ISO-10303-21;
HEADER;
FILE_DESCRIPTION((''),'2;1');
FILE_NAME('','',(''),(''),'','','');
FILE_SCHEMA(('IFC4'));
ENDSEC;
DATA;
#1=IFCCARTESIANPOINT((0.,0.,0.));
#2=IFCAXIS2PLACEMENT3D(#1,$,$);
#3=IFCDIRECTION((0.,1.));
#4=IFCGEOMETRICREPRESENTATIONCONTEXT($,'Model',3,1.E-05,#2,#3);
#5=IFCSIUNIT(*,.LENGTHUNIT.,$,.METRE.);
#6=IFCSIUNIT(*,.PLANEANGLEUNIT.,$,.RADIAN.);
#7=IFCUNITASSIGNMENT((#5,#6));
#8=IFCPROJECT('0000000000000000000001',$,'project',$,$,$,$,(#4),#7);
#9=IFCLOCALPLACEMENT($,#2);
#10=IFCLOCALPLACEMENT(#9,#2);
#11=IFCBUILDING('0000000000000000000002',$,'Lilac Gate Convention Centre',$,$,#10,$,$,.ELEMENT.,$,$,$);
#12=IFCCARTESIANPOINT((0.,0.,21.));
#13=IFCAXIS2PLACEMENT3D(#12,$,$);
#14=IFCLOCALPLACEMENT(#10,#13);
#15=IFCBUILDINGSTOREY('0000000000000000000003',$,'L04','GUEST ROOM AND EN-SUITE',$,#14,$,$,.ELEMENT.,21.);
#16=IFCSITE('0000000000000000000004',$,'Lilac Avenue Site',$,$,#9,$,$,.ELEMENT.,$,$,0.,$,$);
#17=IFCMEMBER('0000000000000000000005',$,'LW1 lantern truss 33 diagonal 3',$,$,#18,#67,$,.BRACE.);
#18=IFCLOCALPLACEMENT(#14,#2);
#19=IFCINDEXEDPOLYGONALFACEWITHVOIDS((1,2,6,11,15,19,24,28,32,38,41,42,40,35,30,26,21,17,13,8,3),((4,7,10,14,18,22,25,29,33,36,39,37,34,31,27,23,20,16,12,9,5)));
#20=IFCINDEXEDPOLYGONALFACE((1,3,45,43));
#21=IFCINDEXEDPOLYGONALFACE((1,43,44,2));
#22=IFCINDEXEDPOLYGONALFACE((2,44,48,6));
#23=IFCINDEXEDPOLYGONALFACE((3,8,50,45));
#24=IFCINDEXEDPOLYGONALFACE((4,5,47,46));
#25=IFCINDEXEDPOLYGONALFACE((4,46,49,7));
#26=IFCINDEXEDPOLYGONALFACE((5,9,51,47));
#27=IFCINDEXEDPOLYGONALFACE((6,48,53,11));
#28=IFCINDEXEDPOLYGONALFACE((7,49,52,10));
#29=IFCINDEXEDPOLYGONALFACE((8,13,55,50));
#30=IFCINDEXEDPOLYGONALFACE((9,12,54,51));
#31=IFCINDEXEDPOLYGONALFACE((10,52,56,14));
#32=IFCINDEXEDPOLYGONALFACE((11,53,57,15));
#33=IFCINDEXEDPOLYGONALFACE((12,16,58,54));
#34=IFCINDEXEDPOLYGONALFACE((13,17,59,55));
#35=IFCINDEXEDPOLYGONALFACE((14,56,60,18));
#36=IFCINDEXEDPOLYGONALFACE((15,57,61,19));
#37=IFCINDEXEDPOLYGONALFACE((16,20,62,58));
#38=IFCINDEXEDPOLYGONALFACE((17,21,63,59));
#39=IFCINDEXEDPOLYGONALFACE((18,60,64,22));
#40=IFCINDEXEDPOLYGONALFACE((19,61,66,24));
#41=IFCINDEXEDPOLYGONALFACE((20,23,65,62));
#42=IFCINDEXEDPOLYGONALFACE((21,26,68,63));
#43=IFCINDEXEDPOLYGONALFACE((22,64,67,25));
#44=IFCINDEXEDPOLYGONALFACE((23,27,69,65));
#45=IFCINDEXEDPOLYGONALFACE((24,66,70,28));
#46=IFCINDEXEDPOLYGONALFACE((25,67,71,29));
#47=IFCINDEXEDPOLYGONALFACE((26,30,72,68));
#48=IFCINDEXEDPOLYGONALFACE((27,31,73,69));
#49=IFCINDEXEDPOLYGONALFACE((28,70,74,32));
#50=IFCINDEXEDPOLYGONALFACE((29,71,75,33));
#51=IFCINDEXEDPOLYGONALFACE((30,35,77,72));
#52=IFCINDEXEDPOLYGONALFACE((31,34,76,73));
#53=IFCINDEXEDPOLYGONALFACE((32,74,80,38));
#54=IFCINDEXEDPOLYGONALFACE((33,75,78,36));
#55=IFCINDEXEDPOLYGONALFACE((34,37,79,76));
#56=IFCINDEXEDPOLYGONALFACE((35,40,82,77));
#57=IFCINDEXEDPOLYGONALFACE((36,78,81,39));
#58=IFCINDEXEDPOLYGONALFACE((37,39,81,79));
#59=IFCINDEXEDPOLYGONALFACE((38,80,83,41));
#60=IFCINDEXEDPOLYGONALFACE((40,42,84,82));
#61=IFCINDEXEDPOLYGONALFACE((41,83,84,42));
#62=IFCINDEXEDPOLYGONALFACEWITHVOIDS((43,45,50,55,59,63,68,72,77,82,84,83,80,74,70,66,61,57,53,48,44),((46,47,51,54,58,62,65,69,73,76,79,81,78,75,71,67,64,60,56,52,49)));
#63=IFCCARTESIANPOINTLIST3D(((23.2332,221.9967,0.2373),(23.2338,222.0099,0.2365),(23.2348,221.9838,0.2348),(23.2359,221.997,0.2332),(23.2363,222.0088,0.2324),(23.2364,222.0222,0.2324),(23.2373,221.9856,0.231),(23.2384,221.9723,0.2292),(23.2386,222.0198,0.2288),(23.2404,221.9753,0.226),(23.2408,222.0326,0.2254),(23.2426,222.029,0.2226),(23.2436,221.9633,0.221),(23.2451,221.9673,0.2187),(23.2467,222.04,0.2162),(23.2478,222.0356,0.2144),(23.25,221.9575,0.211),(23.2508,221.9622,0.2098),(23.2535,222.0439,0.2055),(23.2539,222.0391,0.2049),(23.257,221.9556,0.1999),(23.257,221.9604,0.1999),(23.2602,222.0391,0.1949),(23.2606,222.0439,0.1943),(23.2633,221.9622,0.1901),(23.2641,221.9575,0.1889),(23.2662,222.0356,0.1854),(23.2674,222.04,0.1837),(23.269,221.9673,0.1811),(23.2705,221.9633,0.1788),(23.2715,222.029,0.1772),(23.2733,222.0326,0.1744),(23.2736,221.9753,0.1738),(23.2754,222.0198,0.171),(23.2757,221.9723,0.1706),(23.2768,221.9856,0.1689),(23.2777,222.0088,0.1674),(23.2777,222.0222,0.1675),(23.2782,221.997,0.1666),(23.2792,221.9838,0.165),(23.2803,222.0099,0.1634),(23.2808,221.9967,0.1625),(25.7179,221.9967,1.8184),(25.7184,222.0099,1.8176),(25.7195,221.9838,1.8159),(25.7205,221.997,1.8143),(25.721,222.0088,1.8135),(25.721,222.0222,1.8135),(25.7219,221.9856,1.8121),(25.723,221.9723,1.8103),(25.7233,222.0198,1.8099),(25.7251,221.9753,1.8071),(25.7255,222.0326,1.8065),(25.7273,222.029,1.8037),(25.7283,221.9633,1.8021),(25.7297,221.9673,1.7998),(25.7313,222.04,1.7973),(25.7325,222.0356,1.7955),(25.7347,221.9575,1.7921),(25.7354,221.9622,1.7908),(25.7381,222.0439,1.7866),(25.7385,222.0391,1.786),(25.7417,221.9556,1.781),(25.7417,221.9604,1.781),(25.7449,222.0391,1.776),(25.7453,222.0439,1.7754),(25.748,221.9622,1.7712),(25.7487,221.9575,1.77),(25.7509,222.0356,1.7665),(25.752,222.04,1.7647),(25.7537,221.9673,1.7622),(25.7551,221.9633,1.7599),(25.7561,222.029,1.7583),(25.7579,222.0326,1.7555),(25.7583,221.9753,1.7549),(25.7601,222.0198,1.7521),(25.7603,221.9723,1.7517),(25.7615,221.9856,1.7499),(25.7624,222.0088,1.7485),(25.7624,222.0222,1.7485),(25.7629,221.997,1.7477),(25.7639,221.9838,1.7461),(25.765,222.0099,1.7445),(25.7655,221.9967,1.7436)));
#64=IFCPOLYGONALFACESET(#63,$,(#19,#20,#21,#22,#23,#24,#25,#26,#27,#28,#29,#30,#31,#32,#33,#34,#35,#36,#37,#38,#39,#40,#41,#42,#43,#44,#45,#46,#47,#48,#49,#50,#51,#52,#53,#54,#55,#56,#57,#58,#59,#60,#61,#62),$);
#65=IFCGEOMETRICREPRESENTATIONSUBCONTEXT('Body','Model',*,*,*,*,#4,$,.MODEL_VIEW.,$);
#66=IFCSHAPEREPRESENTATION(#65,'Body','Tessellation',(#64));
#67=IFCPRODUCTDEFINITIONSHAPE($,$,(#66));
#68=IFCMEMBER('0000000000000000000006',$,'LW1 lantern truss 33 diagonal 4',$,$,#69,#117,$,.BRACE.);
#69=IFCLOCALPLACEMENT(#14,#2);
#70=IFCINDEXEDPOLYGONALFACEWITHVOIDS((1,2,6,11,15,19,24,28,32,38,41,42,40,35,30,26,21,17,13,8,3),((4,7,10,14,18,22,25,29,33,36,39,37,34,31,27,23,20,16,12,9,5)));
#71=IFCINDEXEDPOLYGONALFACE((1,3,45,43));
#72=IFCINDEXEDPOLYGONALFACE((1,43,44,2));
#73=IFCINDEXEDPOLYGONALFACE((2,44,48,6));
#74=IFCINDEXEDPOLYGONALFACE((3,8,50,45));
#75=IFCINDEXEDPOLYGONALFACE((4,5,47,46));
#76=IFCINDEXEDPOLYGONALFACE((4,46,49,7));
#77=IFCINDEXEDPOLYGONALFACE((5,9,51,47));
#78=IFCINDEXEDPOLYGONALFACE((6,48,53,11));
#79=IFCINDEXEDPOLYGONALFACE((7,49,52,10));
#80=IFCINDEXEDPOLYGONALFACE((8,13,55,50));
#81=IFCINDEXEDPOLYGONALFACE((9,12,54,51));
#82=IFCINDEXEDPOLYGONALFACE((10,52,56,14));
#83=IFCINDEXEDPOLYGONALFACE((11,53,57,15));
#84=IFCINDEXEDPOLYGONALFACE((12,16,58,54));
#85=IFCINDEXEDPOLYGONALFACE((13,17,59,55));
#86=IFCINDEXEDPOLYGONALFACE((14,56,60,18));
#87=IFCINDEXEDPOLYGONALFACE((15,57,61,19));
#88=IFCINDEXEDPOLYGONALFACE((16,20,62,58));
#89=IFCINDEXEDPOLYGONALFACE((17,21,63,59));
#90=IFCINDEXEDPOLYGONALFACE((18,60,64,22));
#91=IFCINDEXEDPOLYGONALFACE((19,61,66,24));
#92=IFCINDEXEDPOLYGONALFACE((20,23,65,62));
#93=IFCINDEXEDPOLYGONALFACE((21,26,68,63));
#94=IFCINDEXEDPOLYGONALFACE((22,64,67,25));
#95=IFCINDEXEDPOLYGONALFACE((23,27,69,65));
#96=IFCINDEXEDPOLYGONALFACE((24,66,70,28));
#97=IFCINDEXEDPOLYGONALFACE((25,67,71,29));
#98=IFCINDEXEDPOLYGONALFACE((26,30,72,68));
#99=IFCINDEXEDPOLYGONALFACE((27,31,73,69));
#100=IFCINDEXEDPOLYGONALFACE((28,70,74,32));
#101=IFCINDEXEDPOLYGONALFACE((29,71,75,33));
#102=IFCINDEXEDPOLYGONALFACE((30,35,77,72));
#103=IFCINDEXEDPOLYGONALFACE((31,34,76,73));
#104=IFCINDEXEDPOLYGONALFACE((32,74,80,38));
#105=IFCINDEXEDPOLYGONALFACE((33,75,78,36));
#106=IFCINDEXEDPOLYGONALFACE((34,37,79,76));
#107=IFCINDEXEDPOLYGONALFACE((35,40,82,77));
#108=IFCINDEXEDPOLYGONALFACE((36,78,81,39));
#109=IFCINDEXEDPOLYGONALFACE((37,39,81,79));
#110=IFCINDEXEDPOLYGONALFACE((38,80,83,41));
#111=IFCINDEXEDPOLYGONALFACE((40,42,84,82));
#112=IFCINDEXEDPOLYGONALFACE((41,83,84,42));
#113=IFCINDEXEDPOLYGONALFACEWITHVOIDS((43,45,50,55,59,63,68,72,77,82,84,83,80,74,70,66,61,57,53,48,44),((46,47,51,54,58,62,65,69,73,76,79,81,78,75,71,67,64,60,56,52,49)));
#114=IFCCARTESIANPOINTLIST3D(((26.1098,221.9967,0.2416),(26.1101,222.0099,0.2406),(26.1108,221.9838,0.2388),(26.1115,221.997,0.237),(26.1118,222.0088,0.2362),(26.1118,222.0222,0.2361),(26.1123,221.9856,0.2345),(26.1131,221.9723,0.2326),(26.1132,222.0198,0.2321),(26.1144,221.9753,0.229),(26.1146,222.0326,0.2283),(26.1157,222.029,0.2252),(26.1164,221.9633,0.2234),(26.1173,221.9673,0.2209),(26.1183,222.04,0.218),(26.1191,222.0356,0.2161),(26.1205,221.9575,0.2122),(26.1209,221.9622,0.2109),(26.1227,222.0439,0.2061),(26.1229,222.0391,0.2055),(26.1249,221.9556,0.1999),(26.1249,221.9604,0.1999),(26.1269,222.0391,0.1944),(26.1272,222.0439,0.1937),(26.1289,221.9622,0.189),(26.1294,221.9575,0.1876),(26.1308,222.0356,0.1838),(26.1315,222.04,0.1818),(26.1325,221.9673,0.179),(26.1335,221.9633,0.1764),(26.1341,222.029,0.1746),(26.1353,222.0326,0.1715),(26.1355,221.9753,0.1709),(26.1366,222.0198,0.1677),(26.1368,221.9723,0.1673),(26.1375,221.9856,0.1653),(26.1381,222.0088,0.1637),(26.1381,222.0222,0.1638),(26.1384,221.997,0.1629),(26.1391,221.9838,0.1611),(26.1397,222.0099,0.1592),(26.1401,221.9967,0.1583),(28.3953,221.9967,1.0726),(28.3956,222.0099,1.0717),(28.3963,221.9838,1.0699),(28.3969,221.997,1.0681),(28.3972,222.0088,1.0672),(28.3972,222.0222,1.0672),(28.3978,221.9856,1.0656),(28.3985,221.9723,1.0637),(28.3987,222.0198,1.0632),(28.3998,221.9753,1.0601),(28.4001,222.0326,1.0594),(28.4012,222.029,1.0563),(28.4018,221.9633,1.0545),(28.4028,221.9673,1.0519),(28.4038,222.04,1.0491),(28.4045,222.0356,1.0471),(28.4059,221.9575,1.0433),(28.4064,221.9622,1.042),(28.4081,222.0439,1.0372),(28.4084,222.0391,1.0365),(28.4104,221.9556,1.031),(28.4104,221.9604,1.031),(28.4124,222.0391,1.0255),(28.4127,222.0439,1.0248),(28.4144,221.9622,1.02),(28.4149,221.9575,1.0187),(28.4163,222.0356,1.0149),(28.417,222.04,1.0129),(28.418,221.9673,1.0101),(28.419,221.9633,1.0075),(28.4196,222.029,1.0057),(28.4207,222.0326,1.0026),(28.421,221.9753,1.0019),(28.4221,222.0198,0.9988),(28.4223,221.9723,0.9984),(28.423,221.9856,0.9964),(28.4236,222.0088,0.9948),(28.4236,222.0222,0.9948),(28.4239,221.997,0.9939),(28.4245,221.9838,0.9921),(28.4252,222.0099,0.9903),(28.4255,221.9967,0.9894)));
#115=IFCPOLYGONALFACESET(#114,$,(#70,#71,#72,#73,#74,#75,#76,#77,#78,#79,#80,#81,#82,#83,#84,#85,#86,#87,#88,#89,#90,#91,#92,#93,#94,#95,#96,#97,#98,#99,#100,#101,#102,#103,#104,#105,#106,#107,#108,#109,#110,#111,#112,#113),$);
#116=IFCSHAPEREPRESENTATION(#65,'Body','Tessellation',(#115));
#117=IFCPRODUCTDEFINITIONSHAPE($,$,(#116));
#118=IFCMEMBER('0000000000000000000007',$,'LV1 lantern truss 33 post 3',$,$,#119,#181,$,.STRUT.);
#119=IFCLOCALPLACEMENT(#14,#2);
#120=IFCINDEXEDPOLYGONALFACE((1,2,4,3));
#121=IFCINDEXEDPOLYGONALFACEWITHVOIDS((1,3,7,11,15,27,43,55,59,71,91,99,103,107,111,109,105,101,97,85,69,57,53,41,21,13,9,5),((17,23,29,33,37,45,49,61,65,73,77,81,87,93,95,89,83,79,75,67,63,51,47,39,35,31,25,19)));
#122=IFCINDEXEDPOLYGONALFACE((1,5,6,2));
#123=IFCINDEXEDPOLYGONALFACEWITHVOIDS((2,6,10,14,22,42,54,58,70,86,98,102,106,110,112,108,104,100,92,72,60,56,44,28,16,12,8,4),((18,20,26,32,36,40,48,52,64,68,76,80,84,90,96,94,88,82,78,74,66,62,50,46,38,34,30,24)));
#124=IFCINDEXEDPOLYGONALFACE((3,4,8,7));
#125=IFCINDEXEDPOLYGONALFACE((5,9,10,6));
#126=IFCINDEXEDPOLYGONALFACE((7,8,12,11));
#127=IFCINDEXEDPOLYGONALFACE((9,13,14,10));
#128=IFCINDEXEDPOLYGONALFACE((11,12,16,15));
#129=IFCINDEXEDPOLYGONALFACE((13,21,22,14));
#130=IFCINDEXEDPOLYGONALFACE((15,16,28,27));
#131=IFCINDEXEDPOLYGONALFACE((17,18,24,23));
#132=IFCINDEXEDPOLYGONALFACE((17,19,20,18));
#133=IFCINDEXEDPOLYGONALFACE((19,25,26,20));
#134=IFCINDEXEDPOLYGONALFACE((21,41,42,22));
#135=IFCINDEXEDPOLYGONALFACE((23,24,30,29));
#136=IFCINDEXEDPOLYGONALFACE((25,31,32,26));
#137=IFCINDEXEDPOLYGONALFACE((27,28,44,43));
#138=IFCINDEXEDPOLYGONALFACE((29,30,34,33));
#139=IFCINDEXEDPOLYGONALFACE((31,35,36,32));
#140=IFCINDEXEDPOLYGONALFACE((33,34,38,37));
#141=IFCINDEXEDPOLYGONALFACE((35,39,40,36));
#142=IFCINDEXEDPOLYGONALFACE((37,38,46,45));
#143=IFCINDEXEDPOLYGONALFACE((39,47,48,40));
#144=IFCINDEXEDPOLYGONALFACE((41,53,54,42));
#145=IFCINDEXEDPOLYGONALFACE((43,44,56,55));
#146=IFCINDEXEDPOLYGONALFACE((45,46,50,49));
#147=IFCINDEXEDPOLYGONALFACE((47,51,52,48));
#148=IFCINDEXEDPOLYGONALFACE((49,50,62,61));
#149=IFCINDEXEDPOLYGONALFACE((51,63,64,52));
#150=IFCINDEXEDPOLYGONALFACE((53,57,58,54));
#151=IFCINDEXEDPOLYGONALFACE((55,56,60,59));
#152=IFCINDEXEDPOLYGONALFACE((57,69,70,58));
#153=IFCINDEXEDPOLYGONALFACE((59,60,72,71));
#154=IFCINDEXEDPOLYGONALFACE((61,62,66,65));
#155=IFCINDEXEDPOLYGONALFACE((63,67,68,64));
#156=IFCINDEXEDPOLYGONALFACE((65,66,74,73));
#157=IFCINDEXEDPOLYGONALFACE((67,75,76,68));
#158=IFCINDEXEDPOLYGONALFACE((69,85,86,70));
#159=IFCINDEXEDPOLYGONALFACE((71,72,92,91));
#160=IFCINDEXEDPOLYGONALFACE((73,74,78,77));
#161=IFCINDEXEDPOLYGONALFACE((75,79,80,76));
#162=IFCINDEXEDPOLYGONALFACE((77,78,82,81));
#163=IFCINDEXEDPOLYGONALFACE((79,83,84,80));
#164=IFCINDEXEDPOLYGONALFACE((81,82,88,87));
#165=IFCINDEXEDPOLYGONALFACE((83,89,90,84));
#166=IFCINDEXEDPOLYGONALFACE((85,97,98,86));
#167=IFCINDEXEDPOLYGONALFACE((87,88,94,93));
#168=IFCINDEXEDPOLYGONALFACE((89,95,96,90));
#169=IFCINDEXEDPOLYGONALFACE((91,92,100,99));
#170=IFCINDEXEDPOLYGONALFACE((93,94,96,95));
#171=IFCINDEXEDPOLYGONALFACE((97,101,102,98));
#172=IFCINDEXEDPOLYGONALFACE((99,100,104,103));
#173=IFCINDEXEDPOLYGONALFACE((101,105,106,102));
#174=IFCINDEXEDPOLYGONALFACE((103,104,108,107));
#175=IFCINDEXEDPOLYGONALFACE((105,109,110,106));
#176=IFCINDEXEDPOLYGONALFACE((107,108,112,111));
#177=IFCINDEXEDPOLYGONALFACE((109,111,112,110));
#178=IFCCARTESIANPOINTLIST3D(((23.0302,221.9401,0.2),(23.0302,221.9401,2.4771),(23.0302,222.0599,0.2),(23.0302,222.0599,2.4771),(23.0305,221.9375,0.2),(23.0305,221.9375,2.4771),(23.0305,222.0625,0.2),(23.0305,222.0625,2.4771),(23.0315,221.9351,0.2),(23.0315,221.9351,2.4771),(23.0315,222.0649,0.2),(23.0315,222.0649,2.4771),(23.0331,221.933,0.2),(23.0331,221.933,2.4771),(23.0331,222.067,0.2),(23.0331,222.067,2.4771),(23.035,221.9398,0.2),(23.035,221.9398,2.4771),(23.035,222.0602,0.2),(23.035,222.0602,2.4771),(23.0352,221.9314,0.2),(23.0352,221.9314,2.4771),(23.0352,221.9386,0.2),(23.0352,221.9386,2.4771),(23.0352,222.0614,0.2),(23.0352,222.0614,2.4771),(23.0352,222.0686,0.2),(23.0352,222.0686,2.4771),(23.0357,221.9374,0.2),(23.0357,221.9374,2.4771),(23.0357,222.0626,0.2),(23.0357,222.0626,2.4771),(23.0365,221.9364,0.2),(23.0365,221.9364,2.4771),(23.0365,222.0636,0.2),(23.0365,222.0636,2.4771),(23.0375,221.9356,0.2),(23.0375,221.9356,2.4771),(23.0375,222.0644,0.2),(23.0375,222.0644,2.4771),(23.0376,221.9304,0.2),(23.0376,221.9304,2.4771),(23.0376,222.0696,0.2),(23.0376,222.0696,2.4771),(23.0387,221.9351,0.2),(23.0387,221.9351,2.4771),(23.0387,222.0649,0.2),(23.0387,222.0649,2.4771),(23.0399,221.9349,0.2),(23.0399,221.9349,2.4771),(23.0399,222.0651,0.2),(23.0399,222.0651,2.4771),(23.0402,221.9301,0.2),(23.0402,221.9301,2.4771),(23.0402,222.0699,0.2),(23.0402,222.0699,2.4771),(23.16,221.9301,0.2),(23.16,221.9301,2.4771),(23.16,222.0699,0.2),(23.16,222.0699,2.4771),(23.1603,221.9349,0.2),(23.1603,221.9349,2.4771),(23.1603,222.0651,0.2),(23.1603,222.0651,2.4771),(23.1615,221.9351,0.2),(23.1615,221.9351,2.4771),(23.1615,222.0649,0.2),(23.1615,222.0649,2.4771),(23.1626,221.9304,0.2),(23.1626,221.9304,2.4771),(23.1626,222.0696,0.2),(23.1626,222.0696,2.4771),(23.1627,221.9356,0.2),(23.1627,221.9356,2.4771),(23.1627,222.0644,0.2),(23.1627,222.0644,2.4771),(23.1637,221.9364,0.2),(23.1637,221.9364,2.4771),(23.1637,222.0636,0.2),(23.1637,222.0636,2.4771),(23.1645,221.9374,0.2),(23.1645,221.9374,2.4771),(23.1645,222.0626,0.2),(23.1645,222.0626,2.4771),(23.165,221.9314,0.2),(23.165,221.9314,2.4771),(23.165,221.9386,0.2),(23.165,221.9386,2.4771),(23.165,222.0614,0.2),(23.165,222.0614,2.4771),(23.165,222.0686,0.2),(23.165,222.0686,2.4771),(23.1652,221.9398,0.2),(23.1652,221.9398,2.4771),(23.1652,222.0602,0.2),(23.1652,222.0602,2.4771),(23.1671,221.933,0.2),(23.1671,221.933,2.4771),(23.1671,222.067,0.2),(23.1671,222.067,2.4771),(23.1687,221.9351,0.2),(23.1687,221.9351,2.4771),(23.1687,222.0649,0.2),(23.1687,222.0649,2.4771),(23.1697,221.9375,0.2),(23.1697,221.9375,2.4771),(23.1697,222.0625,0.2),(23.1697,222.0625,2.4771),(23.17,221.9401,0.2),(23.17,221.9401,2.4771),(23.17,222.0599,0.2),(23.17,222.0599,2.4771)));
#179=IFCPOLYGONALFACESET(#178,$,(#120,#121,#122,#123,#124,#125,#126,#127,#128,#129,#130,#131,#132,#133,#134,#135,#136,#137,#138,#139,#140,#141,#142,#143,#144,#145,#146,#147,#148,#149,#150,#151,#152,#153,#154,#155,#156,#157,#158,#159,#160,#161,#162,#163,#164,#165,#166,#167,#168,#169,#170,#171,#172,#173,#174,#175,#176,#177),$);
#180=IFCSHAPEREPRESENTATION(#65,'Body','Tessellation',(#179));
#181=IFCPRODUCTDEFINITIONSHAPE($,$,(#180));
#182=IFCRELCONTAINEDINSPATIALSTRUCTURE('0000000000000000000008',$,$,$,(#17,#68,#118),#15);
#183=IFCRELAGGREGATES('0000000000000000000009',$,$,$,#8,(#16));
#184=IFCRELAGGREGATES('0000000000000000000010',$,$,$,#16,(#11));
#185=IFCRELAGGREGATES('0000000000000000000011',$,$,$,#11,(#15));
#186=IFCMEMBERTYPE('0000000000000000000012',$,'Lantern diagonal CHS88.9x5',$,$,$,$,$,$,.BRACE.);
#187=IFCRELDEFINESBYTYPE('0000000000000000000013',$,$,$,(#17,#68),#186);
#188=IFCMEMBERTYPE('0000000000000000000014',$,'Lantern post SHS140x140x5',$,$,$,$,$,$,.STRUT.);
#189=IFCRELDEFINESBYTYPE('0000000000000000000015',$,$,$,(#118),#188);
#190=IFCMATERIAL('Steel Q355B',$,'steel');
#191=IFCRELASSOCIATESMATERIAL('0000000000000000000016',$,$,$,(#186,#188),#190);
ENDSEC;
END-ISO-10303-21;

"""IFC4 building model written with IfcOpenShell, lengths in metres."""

from ifc_helpers import new_model, si_unit, direction, frame, origin, origin_2d, place, context, subcontext, project, spatial, hollow_rectangle, hollow_circle, extrude, material, material_profile, profile_set, type_object, element, save


model = new_model("IFC4")

# Units and contexts
model_context = context("Model", 3, precision=1e-05, world=origin(), true_north=direction((0.0, 1.0)))
body_context = subcontext(model_context, "Body", "Model", "MODEL_VIEW")
ifc_project = project(units=[si_unit("LENGTHUNIT", "METRE"), si_unit("PLANEANGLEUNIT", "RADIAN")], contexts=[model_context])

# Site, building, storey
site_placement = place(None, origin())
site = spatial("IfcSite", under=ifc_project, at=site_placement, Name="Lilac Avenue Site", CompositionType="ELEMENT", RefElevation=0.0)
building_placement = place(site_placement, origin())
building = spatial("IfcBuilding", under=site, at=building_placement, Name="Lilac Gate Convention Centre", CompositionType="ELEMENT")
storey_placement = place(building_placement, frame((0.0, 0.0, 21.0)))
storey = spatial("IfcBuildingStorey", under=building, at=storey_placement, Name="L04", Description="GUEST ROOM AND EN-SUITE", CompositionType="ELEMENT", Elevation=21.0)

# Members
ifc_material_1 = material(Name="Steel Q355B", Category="steel")
ifc_material_profile_1 = material_profile(ifc_material_1, hollow_circle(Radius=0.0444, WallThickness=0.0049, at=origin_2d()), Name="CHS88.9x5")
ifc_profile_set_1 = profile_set([ifc_material_profile_1], Name="Steel Q355B")
member_type_1 = type_object("IfcMemberType", Name="Lantern diagonal CHS88.9x5", PredefinedType="BRACE", material=ifc_profile_set_1)
member_1_placement = place(storey_placement, frame((25.7417, 222.0, 1.781), z_axis=(-0.843672, 0.0, -0.536859), x_axis=(0.0, -1.0, 0.0)))
element("IfcMember", 1, at=member_1_placement, inside=storey, type_object=member_type_1, Name="LW1 lantern truss 33 diagonal 3", PredefinedType="BRACE", context=body_context, shape_type="SweptSolid", body=[
    extrude(hollow_circle(Radius=0.0444, WallThickness=0.0049, at=origin_2d()), origin(), (0.0, 0.0, 1.0), 2.9451),
])
member_2_placement = place(storey_placement, frame((28.4104, 222.0, 1.031), z_axis=(-0.939793, 0.0, -0.341743), x_axis=(0.0, -1.0, 0.0)))
element("IfcMember", 2, at=member_2_placement, inside=storey, type_object=member_type_1, Name="LW1 lantern truss 33 diagonal 4", PredefinedType="BRACE", context=body_context, shape_type="SweptSolid", body=[
    extrude(hollow_circle(Radius=0.0444, WallThickness=0.0049, at=origin_2d()), origin(), (0.0, 0.0, 1.0), 2.4319),
])
ifc_material_profile_2 = material_profile(ifc_material_1, hollow_rectangle(XDim=0.1399, YDim=0.1399, WallThickness=0.0049, InnerFilletRadius=0.0049, OuterFilletRadius=0.01, at=origin_2d()), Name="SHS140x140x5")
ifc_profile_set_2 = profile_set([ifc_material_profile_2], Name="Steel Q355B")
member_type_2 = type_object("IfcMemberType", Name="Lantern post SHS140x140x5", PredefinedType="STRUT", material=ifc_profile_set_2)
member_3_placement = place(storey_placement, frame((23.1001, 222.0, 0.2), z_axis=(0.0, 0.0, 1.0), x_axis=(1.0, 0.0, 0.0)))
element("IfcMember", 3, at=member_3_placement, inside=storey, type_object=member_type_2, Name="LV1 lantern truss 33 post 3", PredefinedType="STRUT", context=body_context, shape_type="SweptSolid", body=[
    extrude(hollow_rectangle(XDim=0.1399, YDim=0.1399, WallThickness=0.0049, InnerFilletRadius=0.0049, OuterFilletRadius=0.01, at=origin_2d()), origin(), (0.0, 0.0, 1.0), 2.2771),
])

save(model, "model.ifc")
